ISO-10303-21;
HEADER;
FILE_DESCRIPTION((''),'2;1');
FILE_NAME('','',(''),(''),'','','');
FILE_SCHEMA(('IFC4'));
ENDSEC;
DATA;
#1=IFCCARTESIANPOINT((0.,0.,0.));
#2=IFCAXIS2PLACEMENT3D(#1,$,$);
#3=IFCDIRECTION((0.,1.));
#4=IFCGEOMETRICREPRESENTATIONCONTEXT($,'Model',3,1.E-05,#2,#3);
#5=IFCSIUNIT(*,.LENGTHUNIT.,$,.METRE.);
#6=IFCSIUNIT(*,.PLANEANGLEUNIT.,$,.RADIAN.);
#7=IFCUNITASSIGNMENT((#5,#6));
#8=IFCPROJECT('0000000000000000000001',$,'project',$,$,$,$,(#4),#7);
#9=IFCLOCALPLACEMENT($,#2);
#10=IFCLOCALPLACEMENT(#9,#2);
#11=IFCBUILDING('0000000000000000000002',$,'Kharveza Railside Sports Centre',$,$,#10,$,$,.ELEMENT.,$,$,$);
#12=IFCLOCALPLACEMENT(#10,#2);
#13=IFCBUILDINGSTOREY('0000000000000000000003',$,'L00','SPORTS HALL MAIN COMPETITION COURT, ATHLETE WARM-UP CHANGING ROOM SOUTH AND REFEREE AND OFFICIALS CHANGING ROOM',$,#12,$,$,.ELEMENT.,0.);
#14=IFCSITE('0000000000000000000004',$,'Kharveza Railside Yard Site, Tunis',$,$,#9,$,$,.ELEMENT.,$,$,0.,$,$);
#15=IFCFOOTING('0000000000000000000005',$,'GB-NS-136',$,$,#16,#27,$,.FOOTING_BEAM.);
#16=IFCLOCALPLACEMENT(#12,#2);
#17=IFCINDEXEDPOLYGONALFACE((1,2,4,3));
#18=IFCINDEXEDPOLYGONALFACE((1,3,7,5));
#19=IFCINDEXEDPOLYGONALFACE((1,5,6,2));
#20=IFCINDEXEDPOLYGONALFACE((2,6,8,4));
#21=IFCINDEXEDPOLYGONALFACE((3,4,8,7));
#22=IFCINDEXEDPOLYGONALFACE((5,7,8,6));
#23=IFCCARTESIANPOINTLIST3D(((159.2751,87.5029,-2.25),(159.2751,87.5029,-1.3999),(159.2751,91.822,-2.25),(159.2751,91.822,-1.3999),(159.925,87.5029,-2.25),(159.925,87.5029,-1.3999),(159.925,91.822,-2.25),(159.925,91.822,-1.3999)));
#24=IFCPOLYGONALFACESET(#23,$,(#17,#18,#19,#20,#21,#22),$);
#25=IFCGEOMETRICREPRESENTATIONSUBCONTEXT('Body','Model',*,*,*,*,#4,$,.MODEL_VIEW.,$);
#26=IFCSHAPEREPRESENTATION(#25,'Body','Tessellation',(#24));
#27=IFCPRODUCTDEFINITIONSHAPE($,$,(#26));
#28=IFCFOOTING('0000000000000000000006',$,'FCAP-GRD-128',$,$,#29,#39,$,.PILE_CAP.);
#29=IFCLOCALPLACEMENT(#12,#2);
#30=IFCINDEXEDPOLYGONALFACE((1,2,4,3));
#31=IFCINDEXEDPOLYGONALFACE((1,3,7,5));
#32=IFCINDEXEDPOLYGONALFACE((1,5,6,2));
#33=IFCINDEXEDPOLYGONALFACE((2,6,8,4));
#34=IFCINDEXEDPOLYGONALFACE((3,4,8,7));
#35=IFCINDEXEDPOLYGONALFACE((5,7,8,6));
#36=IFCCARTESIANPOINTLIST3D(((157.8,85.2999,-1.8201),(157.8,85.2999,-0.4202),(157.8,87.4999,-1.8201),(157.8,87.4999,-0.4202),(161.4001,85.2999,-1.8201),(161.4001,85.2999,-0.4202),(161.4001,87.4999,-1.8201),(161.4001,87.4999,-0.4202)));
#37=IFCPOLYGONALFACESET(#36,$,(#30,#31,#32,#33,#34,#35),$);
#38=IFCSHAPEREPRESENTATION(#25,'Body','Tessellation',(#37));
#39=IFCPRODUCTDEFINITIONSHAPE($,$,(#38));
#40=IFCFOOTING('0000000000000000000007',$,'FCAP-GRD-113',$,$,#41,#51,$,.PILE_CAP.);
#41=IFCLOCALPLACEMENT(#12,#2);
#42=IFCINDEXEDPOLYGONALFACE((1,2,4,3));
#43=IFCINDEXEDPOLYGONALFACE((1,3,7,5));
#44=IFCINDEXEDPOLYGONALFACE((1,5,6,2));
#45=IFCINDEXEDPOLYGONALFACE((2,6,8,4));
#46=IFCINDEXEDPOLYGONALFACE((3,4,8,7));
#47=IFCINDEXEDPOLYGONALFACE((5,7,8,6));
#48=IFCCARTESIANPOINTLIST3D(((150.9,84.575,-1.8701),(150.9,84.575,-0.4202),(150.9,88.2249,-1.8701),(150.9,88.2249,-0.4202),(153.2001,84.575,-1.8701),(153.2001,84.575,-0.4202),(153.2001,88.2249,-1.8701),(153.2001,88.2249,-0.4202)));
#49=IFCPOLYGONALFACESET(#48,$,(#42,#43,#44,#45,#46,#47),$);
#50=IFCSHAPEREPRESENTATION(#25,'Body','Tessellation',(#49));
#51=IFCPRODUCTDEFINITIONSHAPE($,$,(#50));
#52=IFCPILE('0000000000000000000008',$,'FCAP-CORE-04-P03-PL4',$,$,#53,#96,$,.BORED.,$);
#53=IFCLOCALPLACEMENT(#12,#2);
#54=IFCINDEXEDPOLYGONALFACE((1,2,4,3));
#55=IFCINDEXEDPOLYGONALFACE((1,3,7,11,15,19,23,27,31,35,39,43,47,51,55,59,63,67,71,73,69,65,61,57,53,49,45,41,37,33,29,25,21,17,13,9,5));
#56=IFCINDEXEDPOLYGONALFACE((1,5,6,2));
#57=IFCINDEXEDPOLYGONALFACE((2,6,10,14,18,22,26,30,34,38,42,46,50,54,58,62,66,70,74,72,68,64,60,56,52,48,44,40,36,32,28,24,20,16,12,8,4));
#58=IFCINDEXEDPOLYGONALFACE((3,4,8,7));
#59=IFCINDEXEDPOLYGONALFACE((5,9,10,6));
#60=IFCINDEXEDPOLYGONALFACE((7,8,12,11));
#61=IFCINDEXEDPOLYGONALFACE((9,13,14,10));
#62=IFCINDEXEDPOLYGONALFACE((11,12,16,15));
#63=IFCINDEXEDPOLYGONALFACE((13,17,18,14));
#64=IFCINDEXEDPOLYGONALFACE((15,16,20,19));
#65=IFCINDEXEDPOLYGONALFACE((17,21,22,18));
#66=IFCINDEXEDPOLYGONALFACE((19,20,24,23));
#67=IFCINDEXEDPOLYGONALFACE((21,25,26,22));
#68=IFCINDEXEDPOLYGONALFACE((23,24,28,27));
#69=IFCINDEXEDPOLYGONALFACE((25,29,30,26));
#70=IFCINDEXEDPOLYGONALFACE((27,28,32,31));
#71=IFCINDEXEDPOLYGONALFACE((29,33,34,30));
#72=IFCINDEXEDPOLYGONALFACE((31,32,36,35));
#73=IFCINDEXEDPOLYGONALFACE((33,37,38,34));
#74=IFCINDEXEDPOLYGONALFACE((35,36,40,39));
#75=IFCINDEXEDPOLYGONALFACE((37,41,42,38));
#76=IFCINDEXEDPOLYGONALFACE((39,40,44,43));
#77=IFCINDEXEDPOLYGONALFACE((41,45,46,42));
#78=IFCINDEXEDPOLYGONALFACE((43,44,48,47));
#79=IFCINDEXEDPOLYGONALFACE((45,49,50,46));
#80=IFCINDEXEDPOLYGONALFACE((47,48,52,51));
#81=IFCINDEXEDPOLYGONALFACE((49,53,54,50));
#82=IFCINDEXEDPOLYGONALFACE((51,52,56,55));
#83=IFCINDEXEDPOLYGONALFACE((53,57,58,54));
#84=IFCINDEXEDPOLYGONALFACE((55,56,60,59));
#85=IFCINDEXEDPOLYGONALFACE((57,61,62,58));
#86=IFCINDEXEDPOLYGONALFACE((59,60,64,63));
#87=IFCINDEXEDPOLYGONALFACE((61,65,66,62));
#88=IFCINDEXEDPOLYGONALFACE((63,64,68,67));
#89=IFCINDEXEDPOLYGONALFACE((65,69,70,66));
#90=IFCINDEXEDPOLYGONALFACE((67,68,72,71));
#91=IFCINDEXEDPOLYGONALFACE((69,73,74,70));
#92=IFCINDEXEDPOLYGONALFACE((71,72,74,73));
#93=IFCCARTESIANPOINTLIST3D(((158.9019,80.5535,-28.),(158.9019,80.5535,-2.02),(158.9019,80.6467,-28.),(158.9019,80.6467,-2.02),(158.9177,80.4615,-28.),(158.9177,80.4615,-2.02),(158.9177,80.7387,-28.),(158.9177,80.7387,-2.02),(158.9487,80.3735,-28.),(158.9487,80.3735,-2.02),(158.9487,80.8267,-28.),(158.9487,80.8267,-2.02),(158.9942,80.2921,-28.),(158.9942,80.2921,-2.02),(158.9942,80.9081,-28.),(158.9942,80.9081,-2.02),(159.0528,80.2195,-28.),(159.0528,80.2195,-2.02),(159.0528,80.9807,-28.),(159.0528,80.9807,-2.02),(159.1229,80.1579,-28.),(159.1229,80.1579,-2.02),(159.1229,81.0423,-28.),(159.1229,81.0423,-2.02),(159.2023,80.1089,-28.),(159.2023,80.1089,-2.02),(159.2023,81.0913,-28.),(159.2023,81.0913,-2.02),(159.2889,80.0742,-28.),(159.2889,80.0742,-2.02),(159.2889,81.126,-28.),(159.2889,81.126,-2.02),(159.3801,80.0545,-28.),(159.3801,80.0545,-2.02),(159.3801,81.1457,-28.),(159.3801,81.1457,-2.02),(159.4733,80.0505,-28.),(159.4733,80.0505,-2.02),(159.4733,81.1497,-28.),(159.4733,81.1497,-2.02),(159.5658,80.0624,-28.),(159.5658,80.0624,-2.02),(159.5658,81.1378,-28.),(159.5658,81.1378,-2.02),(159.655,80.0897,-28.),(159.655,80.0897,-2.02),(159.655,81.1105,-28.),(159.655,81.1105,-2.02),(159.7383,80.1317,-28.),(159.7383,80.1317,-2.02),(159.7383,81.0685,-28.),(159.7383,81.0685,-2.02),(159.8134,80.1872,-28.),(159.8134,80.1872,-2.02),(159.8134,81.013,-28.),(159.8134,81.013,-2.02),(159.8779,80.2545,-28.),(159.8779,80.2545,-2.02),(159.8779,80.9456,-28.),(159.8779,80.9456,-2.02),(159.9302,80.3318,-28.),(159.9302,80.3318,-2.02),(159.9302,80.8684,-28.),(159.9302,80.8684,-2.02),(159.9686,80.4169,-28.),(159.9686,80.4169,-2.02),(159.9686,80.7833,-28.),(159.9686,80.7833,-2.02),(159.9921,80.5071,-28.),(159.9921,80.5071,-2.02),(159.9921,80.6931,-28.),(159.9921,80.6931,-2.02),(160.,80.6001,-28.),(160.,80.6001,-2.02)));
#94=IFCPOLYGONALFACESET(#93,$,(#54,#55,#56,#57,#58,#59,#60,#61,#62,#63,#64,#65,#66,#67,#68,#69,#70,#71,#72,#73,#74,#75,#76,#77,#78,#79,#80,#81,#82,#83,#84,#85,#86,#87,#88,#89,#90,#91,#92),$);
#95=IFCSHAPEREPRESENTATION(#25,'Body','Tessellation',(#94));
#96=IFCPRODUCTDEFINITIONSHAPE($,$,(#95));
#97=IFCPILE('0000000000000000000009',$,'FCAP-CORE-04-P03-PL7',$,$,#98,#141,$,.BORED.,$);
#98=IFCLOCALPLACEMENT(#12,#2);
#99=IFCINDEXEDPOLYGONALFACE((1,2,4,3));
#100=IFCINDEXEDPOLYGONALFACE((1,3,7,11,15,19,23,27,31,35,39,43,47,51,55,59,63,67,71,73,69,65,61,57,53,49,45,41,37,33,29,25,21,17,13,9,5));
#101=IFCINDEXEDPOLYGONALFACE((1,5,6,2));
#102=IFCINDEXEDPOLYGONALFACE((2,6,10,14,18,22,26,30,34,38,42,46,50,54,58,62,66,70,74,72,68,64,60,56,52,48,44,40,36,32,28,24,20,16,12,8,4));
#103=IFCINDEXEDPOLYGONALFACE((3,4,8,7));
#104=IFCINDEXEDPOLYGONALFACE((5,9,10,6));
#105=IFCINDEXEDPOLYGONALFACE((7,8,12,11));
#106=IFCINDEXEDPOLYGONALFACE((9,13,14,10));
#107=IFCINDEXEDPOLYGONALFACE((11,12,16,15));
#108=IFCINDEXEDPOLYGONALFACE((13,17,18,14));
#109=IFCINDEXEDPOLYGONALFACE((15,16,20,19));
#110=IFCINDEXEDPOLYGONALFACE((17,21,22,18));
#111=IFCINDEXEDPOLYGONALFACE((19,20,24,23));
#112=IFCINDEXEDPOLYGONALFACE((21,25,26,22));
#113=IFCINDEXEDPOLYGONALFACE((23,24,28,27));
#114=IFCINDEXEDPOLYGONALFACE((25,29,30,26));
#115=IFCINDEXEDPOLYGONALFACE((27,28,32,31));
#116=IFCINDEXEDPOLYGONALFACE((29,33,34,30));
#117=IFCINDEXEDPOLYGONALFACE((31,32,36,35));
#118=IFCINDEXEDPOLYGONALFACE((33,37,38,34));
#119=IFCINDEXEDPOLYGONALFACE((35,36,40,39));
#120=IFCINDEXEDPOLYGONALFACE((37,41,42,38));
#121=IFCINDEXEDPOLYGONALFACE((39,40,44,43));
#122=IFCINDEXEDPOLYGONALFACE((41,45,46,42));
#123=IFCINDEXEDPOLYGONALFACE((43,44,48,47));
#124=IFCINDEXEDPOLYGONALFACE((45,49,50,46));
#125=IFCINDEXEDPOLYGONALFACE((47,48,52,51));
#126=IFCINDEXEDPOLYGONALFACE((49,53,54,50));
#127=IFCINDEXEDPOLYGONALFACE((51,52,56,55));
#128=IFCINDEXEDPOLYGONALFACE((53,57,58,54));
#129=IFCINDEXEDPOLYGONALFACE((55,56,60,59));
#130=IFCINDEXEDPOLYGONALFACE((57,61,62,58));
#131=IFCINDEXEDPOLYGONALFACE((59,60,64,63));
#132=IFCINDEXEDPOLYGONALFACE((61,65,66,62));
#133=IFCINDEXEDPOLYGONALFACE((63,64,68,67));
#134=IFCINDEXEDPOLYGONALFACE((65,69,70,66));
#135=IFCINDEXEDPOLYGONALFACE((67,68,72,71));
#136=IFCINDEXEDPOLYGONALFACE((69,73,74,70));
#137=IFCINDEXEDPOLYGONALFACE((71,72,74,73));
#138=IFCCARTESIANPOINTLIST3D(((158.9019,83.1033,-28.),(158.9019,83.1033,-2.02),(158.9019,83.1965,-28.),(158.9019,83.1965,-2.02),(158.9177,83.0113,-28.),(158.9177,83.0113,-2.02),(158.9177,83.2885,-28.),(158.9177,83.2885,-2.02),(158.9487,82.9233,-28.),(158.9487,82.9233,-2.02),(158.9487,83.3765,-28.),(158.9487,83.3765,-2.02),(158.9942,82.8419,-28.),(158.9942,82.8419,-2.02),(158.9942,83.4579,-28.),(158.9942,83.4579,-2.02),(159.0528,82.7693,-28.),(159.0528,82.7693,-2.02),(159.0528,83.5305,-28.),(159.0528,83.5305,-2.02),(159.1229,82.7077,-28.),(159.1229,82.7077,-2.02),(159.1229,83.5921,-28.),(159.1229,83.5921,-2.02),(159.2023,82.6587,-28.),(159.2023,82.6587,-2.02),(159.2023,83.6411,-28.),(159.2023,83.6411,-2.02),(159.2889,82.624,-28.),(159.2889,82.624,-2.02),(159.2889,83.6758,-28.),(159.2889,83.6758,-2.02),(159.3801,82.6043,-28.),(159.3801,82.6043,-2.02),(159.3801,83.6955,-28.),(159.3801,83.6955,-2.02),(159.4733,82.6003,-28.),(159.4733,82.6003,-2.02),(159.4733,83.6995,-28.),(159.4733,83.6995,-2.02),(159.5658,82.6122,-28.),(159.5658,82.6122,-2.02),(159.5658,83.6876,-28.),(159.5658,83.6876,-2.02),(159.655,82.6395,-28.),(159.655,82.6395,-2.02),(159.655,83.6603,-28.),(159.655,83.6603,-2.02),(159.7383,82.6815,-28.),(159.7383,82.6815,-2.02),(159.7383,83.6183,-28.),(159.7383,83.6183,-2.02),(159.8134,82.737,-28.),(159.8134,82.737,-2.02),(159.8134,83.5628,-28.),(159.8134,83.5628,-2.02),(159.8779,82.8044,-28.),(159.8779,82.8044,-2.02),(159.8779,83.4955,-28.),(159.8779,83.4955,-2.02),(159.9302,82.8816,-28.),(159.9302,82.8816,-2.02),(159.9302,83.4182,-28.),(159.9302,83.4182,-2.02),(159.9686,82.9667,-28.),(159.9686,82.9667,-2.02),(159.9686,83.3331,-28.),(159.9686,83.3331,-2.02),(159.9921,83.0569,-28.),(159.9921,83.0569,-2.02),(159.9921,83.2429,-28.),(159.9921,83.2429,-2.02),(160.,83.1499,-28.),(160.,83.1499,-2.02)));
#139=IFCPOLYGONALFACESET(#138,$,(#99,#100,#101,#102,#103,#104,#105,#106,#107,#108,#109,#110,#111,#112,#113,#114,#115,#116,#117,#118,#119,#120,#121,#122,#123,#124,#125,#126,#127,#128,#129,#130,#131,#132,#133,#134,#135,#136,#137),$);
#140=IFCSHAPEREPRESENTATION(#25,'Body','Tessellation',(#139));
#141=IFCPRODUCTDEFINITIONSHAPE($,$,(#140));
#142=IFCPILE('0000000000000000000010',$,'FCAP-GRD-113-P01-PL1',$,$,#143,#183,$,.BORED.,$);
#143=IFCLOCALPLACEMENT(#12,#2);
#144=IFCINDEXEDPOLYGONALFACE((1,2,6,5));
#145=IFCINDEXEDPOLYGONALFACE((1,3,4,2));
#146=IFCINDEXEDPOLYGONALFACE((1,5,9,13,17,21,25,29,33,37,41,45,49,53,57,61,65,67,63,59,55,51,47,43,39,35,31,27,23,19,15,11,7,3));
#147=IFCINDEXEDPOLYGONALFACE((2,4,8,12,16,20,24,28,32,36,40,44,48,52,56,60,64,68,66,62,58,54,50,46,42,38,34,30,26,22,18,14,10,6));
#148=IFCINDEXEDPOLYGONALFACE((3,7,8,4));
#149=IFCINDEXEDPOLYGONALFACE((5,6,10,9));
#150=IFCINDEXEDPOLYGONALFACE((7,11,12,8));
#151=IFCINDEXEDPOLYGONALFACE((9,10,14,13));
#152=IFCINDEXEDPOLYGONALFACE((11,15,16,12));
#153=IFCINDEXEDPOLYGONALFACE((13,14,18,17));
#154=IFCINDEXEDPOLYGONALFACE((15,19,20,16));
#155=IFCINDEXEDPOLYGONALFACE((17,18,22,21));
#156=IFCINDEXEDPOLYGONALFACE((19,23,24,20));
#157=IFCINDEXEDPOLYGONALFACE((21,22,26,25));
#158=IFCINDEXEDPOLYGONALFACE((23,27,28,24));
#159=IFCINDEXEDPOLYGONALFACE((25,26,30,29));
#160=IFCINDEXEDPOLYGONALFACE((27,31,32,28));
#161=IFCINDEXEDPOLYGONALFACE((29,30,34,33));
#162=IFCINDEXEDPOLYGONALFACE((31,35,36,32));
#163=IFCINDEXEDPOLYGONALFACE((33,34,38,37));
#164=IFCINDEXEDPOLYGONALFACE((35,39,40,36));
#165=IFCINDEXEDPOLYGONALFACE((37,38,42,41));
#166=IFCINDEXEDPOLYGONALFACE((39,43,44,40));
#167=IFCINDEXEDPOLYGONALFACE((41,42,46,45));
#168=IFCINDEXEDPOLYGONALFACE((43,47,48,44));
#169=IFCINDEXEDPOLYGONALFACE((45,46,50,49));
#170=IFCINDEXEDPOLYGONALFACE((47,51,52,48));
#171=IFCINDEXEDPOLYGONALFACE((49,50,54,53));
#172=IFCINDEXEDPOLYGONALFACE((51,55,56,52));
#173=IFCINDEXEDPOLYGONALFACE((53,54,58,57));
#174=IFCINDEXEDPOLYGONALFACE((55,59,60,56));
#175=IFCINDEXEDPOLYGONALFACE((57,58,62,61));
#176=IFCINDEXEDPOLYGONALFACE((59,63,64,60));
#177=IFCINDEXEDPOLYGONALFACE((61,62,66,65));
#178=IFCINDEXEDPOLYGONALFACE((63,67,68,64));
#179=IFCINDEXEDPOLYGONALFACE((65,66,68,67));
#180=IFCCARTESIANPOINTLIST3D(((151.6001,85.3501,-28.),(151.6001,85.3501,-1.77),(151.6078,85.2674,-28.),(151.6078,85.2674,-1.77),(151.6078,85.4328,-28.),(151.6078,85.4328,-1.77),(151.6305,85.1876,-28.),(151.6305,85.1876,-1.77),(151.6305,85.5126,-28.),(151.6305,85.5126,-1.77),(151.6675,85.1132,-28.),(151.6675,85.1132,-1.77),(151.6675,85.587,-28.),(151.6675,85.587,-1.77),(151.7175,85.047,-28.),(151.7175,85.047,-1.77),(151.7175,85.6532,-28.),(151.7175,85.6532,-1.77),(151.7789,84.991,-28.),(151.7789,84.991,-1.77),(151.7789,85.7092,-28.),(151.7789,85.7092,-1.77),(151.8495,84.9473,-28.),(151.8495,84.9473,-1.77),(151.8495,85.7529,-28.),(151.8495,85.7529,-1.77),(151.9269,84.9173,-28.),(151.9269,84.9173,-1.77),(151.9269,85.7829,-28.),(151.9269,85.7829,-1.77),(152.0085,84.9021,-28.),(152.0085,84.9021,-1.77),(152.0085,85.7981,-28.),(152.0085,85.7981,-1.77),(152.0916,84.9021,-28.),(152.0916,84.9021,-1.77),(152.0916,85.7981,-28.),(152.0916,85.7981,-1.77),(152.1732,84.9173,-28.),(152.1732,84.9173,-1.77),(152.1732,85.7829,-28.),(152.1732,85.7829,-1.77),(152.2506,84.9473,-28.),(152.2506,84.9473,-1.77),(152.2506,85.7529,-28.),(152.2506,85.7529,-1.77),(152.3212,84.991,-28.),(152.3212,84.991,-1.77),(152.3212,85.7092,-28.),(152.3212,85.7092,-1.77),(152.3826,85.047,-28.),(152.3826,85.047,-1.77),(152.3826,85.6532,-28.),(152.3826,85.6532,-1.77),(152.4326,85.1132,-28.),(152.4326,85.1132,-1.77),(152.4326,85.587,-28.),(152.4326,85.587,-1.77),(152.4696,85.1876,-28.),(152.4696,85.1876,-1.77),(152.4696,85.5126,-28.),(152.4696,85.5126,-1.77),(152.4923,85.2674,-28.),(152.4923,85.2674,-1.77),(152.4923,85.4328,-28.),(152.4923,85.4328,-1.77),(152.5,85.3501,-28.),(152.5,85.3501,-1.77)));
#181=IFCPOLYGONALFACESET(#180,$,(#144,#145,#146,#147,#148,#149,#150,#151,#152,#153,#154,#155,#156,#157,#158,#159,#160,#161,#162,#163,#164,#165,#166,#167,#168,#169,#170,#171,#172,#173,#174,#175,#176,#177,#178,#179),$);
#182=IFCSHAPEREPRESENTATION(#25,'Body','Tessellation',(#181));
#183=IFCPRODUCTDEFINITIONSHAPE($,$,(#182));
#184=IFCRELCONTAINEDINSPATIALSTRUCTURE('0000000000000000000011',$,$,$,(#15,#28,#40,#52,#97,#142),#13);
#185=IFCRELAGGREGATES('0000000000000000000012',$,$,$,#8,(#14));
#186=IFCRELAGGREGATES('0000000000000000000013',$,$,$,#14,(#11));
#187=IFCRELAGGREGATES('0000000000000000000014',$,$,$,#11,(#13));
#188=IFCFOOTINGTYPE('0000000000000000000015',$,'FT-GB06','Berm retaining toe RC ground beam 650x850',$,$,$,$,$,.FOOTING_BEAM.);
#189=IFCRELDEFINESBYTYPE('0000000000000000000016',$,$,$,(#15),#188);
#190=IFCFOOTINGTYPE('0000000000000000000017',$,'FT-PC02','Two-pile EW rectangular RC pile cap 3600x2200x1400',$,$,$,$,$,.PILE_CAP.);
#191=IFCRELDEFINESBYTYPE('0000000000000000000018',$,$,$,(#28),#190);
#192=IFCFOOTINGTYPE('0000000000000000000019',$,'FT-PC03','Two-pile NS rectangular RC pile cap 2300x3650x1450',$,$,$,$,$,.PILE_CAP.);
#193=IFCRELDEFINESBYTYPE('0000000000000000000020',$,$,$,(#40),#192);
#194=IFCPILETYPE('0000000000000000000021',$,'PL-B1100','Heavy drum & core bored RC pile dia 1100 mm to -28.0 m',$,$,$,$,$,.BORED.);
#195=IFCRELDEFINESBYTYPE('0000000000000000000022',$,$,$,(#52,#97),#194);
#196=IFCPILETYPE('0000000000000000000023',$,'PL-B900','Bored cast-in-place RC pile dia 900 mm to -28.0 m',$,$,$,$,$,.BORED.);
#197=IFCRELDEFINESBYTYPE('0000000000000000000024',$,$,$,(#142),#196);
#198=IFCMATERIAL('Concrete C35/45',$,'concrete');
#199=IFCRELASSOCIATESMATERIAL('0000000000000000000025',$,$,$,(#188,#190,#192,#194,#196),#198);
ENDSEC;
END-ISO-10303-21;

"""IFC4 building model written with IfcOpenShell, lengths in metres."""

from ifc_helpers import new_model, si_unit, direction, frame, origin, origin_2d, place, context, subcontext, project, spatial, rectangle, circle, extrude, material, material_profile, profile_set, type_object, element, save


model = new_model("IFC4")

# Units and contexts
model_context = context("Model", 3, precision=1e-05, world=origin(), true_north=direction((0.0, 1.0)))
body_context = subcontext(model_context, "Body", "Model", "MODEL_VIEW")
ifc_project = project(units=[si_unit("LENGTHUNIT", "METRE"), si_unit("PLANEANGLEUNIT", "RADIAN")], contexts=[model_context])

# Site, building, storey
site_placement = place(None, origin())
site = spatial("IfcSite", under=ifc_project, at=site_placement, Name="Kharveza Railside Yard Site, Tunis", CompositionType="ELEMENT", RefElevation=0.0)
building_placement = place(site_placement, origin())
building = spatial("IfcBuilding", under=site, at=building_placement, Name="Kharveza Railside Sports Centre", CompositionType="ELEMENT")
storey_placement = place(building_placement, origin())
storey = spatial("IfcBuildingStorey", under=building, at=storey_placement, Name="L00", Description="SPORTS HALL MAIN COMPETITION COURT, ATHLETE WARM-UP CHANGING ROOM SOUTH AND REFEREE AND OFFICIALS CHANGING ROOM", CompositionType="ELEMENT", Elevation=0.0)

# Footings
ifc_material_1 = material(Name="Concrete C35/45", Category="concrete")
ifc_material_profile_1 = material_profile(ifc_material_1, rectangle(XDim=0.6499, YDim=0.8501, at=origin_2d()), Name="GB 650x850")
ifc_profile_set_1 = profile_set([ifc_material_profile_1], Name="Concrete C35/45")
footing_type_1 = type_object("IfcFootingType", Name="FT-GB06", Description="Berm retaining toe RC ground beam 650x850", PredefinedType="FOOTING_BEAM", material=ifc_profile_set_1)
footing_1_placement = place(storey_placement, frame((159.6001, 87.5029, -1.825), z_axis=(0.0, 1.0, 0.0), x_axis=(-1.0, 0.0, 0.0)))
element("IfcFooting", 1, at=footing_1_placement, inside=storey, type_object=footing_type_1, Name="GB-NS-136", PredefinedType="FOOTING_BEAM", context=body_context, shape_type="SweptSolid", body=[
    extrude(rectangle(XDim=0.6499, YDim=0.8501, at=origin_2d()), origin(), (0.0, 0.0, 1.0), 4.3191),
])
footing_type_2 = type_object("IfcFootingType", Name="FT-PC02", Description="Two-pile EW rectangular RC pile cap 3600x2200x1400", PredefinedType="PILE_CAP", material=ifc_material_1)
footing_2_placement = place(storey_placement, frame((159.6001, 86.3999, -1.8201), z_axis=(0.0, 0.0, 1.0), x_axis=(1.0, 0.0, 0.0)))
element("IfcFooting", 2, at=footing_2_placement, inside=storey, type_object=footing_type_2, Name="FCAP-GRD-128", PredefinedType="PILE_CAP", context=body_context, shape_type="SweptSolid", body=[
    extrude(rectangle(XDim=3.6001, YDim=2.2, at=origin_2d()), origin(), (0.0, 0.0, 1.0), 1.3999),
])
footing_type_3 = type_object("IfcFootingType", Name="FT-PC03", Description="Two-pile NS rectangular RC pile cap 2300x3650x1450", PredefinedType="PILE_CAP", material=ifc_material_1)
footing_3_placement = place(storey_placement, frame((152.05, 86.3999, -1.8701), z_axis=(0.0, 0.0, 1.0), x_axis=(1.0, 0.0, 0.0)))
element("IfcFooting", 3, at=footing_3_placement, inside=storey, type_object=footing_type_3, Name="FCAP-GRD-113", PredefinedType="PILE_CAP", context=body_context, shape_type="SweptSolid", body=[
    extrude(rectangle(XDim=2.3, YDim=3.6499, at=origin_2d()), origin(), (0.0, 0.0, 1.0), 1.45),
])

# Piles
ifc_material_profile_2 = material_profile(ifc_material_1, circle(Radius=0.55, at=origin_2d()), Name="PILE D1100")
ifc_profile_set_2 = profile_set([ifc_material_profile_2], Name="Concrete C35/45")
pile_type_1 = type_object("IfcPileType", Name="PL-B1100", Description="Heavy drum & core bored RC pile dia 1100 mm to -28.0 m", PredefinedType="BORED", material=ifc_profile_set_2)
for number, where, z_axis, x_axis, name in (
    (4, (159.45, 80.6001, -2.02), (0.0, 0.0, -1.0), (1.0, 0.0, 0.0), "FCAP-CORE-04-P03-PL4"),
    (5, (159.45, 83.1499, -2.02), (0.0, 0.0, -1.0), (1.0, 0.0, 0.0), "FCAP-CORE-04-P03-PL7"),
):
    element("IfcPile", number, at=place(storey_placement, frame(where, z_axis=z_axis, x_axis=x_axis)), inside=storey, type_object=pile_type_1, Name=name, PredefinedType="BORED", context=body_context, shape_type="SweptSolid", body=[
        extrude(circle(Radius=0.55, at=origin_2d()), origin(), (0.0, 0.0, 1.0), 25.98),
    ])
ifc_material_profile_3 = material_profile(ifc_material_1, circle(Radius=0.45, at=origin_2d()), Name="PILE D900")
ifc_profile_set_3 = profile_set([ifc_material_profile_3], Name="Concrete C35/45")
pile_type_2 = type_object("IfcPileType", Name="PL-B900", Description="Bored cast-in-place RC pile dia 900 mm to -28.0 m", PredefinedType="BORED", material=ifc_profile_set_3)
for number, where, z_axis, x_axis, name in (
    (6, (152.05, 85.3501, -1.77), (0.0, 0.0, -1.0), (1.0, 0.0, 0.0), "FCAP-GRD-113-P01-PL1"),
):
    element("IfcPile", number, at=place(storey_placement, frame(where, z_axis=z_axis, x_axis=x_axis)), inside=storey, type_object=pile_type_2, Name=name, PredefinedType="BORED", context=body_context, shape_type="SweptSolid", body=[
        extrude(circle(Radius=0.45, at=origin_2d()), origin(), (0.0, 0.0, 1.0), 26.23),
    ])

save(model, "model.ifc")
